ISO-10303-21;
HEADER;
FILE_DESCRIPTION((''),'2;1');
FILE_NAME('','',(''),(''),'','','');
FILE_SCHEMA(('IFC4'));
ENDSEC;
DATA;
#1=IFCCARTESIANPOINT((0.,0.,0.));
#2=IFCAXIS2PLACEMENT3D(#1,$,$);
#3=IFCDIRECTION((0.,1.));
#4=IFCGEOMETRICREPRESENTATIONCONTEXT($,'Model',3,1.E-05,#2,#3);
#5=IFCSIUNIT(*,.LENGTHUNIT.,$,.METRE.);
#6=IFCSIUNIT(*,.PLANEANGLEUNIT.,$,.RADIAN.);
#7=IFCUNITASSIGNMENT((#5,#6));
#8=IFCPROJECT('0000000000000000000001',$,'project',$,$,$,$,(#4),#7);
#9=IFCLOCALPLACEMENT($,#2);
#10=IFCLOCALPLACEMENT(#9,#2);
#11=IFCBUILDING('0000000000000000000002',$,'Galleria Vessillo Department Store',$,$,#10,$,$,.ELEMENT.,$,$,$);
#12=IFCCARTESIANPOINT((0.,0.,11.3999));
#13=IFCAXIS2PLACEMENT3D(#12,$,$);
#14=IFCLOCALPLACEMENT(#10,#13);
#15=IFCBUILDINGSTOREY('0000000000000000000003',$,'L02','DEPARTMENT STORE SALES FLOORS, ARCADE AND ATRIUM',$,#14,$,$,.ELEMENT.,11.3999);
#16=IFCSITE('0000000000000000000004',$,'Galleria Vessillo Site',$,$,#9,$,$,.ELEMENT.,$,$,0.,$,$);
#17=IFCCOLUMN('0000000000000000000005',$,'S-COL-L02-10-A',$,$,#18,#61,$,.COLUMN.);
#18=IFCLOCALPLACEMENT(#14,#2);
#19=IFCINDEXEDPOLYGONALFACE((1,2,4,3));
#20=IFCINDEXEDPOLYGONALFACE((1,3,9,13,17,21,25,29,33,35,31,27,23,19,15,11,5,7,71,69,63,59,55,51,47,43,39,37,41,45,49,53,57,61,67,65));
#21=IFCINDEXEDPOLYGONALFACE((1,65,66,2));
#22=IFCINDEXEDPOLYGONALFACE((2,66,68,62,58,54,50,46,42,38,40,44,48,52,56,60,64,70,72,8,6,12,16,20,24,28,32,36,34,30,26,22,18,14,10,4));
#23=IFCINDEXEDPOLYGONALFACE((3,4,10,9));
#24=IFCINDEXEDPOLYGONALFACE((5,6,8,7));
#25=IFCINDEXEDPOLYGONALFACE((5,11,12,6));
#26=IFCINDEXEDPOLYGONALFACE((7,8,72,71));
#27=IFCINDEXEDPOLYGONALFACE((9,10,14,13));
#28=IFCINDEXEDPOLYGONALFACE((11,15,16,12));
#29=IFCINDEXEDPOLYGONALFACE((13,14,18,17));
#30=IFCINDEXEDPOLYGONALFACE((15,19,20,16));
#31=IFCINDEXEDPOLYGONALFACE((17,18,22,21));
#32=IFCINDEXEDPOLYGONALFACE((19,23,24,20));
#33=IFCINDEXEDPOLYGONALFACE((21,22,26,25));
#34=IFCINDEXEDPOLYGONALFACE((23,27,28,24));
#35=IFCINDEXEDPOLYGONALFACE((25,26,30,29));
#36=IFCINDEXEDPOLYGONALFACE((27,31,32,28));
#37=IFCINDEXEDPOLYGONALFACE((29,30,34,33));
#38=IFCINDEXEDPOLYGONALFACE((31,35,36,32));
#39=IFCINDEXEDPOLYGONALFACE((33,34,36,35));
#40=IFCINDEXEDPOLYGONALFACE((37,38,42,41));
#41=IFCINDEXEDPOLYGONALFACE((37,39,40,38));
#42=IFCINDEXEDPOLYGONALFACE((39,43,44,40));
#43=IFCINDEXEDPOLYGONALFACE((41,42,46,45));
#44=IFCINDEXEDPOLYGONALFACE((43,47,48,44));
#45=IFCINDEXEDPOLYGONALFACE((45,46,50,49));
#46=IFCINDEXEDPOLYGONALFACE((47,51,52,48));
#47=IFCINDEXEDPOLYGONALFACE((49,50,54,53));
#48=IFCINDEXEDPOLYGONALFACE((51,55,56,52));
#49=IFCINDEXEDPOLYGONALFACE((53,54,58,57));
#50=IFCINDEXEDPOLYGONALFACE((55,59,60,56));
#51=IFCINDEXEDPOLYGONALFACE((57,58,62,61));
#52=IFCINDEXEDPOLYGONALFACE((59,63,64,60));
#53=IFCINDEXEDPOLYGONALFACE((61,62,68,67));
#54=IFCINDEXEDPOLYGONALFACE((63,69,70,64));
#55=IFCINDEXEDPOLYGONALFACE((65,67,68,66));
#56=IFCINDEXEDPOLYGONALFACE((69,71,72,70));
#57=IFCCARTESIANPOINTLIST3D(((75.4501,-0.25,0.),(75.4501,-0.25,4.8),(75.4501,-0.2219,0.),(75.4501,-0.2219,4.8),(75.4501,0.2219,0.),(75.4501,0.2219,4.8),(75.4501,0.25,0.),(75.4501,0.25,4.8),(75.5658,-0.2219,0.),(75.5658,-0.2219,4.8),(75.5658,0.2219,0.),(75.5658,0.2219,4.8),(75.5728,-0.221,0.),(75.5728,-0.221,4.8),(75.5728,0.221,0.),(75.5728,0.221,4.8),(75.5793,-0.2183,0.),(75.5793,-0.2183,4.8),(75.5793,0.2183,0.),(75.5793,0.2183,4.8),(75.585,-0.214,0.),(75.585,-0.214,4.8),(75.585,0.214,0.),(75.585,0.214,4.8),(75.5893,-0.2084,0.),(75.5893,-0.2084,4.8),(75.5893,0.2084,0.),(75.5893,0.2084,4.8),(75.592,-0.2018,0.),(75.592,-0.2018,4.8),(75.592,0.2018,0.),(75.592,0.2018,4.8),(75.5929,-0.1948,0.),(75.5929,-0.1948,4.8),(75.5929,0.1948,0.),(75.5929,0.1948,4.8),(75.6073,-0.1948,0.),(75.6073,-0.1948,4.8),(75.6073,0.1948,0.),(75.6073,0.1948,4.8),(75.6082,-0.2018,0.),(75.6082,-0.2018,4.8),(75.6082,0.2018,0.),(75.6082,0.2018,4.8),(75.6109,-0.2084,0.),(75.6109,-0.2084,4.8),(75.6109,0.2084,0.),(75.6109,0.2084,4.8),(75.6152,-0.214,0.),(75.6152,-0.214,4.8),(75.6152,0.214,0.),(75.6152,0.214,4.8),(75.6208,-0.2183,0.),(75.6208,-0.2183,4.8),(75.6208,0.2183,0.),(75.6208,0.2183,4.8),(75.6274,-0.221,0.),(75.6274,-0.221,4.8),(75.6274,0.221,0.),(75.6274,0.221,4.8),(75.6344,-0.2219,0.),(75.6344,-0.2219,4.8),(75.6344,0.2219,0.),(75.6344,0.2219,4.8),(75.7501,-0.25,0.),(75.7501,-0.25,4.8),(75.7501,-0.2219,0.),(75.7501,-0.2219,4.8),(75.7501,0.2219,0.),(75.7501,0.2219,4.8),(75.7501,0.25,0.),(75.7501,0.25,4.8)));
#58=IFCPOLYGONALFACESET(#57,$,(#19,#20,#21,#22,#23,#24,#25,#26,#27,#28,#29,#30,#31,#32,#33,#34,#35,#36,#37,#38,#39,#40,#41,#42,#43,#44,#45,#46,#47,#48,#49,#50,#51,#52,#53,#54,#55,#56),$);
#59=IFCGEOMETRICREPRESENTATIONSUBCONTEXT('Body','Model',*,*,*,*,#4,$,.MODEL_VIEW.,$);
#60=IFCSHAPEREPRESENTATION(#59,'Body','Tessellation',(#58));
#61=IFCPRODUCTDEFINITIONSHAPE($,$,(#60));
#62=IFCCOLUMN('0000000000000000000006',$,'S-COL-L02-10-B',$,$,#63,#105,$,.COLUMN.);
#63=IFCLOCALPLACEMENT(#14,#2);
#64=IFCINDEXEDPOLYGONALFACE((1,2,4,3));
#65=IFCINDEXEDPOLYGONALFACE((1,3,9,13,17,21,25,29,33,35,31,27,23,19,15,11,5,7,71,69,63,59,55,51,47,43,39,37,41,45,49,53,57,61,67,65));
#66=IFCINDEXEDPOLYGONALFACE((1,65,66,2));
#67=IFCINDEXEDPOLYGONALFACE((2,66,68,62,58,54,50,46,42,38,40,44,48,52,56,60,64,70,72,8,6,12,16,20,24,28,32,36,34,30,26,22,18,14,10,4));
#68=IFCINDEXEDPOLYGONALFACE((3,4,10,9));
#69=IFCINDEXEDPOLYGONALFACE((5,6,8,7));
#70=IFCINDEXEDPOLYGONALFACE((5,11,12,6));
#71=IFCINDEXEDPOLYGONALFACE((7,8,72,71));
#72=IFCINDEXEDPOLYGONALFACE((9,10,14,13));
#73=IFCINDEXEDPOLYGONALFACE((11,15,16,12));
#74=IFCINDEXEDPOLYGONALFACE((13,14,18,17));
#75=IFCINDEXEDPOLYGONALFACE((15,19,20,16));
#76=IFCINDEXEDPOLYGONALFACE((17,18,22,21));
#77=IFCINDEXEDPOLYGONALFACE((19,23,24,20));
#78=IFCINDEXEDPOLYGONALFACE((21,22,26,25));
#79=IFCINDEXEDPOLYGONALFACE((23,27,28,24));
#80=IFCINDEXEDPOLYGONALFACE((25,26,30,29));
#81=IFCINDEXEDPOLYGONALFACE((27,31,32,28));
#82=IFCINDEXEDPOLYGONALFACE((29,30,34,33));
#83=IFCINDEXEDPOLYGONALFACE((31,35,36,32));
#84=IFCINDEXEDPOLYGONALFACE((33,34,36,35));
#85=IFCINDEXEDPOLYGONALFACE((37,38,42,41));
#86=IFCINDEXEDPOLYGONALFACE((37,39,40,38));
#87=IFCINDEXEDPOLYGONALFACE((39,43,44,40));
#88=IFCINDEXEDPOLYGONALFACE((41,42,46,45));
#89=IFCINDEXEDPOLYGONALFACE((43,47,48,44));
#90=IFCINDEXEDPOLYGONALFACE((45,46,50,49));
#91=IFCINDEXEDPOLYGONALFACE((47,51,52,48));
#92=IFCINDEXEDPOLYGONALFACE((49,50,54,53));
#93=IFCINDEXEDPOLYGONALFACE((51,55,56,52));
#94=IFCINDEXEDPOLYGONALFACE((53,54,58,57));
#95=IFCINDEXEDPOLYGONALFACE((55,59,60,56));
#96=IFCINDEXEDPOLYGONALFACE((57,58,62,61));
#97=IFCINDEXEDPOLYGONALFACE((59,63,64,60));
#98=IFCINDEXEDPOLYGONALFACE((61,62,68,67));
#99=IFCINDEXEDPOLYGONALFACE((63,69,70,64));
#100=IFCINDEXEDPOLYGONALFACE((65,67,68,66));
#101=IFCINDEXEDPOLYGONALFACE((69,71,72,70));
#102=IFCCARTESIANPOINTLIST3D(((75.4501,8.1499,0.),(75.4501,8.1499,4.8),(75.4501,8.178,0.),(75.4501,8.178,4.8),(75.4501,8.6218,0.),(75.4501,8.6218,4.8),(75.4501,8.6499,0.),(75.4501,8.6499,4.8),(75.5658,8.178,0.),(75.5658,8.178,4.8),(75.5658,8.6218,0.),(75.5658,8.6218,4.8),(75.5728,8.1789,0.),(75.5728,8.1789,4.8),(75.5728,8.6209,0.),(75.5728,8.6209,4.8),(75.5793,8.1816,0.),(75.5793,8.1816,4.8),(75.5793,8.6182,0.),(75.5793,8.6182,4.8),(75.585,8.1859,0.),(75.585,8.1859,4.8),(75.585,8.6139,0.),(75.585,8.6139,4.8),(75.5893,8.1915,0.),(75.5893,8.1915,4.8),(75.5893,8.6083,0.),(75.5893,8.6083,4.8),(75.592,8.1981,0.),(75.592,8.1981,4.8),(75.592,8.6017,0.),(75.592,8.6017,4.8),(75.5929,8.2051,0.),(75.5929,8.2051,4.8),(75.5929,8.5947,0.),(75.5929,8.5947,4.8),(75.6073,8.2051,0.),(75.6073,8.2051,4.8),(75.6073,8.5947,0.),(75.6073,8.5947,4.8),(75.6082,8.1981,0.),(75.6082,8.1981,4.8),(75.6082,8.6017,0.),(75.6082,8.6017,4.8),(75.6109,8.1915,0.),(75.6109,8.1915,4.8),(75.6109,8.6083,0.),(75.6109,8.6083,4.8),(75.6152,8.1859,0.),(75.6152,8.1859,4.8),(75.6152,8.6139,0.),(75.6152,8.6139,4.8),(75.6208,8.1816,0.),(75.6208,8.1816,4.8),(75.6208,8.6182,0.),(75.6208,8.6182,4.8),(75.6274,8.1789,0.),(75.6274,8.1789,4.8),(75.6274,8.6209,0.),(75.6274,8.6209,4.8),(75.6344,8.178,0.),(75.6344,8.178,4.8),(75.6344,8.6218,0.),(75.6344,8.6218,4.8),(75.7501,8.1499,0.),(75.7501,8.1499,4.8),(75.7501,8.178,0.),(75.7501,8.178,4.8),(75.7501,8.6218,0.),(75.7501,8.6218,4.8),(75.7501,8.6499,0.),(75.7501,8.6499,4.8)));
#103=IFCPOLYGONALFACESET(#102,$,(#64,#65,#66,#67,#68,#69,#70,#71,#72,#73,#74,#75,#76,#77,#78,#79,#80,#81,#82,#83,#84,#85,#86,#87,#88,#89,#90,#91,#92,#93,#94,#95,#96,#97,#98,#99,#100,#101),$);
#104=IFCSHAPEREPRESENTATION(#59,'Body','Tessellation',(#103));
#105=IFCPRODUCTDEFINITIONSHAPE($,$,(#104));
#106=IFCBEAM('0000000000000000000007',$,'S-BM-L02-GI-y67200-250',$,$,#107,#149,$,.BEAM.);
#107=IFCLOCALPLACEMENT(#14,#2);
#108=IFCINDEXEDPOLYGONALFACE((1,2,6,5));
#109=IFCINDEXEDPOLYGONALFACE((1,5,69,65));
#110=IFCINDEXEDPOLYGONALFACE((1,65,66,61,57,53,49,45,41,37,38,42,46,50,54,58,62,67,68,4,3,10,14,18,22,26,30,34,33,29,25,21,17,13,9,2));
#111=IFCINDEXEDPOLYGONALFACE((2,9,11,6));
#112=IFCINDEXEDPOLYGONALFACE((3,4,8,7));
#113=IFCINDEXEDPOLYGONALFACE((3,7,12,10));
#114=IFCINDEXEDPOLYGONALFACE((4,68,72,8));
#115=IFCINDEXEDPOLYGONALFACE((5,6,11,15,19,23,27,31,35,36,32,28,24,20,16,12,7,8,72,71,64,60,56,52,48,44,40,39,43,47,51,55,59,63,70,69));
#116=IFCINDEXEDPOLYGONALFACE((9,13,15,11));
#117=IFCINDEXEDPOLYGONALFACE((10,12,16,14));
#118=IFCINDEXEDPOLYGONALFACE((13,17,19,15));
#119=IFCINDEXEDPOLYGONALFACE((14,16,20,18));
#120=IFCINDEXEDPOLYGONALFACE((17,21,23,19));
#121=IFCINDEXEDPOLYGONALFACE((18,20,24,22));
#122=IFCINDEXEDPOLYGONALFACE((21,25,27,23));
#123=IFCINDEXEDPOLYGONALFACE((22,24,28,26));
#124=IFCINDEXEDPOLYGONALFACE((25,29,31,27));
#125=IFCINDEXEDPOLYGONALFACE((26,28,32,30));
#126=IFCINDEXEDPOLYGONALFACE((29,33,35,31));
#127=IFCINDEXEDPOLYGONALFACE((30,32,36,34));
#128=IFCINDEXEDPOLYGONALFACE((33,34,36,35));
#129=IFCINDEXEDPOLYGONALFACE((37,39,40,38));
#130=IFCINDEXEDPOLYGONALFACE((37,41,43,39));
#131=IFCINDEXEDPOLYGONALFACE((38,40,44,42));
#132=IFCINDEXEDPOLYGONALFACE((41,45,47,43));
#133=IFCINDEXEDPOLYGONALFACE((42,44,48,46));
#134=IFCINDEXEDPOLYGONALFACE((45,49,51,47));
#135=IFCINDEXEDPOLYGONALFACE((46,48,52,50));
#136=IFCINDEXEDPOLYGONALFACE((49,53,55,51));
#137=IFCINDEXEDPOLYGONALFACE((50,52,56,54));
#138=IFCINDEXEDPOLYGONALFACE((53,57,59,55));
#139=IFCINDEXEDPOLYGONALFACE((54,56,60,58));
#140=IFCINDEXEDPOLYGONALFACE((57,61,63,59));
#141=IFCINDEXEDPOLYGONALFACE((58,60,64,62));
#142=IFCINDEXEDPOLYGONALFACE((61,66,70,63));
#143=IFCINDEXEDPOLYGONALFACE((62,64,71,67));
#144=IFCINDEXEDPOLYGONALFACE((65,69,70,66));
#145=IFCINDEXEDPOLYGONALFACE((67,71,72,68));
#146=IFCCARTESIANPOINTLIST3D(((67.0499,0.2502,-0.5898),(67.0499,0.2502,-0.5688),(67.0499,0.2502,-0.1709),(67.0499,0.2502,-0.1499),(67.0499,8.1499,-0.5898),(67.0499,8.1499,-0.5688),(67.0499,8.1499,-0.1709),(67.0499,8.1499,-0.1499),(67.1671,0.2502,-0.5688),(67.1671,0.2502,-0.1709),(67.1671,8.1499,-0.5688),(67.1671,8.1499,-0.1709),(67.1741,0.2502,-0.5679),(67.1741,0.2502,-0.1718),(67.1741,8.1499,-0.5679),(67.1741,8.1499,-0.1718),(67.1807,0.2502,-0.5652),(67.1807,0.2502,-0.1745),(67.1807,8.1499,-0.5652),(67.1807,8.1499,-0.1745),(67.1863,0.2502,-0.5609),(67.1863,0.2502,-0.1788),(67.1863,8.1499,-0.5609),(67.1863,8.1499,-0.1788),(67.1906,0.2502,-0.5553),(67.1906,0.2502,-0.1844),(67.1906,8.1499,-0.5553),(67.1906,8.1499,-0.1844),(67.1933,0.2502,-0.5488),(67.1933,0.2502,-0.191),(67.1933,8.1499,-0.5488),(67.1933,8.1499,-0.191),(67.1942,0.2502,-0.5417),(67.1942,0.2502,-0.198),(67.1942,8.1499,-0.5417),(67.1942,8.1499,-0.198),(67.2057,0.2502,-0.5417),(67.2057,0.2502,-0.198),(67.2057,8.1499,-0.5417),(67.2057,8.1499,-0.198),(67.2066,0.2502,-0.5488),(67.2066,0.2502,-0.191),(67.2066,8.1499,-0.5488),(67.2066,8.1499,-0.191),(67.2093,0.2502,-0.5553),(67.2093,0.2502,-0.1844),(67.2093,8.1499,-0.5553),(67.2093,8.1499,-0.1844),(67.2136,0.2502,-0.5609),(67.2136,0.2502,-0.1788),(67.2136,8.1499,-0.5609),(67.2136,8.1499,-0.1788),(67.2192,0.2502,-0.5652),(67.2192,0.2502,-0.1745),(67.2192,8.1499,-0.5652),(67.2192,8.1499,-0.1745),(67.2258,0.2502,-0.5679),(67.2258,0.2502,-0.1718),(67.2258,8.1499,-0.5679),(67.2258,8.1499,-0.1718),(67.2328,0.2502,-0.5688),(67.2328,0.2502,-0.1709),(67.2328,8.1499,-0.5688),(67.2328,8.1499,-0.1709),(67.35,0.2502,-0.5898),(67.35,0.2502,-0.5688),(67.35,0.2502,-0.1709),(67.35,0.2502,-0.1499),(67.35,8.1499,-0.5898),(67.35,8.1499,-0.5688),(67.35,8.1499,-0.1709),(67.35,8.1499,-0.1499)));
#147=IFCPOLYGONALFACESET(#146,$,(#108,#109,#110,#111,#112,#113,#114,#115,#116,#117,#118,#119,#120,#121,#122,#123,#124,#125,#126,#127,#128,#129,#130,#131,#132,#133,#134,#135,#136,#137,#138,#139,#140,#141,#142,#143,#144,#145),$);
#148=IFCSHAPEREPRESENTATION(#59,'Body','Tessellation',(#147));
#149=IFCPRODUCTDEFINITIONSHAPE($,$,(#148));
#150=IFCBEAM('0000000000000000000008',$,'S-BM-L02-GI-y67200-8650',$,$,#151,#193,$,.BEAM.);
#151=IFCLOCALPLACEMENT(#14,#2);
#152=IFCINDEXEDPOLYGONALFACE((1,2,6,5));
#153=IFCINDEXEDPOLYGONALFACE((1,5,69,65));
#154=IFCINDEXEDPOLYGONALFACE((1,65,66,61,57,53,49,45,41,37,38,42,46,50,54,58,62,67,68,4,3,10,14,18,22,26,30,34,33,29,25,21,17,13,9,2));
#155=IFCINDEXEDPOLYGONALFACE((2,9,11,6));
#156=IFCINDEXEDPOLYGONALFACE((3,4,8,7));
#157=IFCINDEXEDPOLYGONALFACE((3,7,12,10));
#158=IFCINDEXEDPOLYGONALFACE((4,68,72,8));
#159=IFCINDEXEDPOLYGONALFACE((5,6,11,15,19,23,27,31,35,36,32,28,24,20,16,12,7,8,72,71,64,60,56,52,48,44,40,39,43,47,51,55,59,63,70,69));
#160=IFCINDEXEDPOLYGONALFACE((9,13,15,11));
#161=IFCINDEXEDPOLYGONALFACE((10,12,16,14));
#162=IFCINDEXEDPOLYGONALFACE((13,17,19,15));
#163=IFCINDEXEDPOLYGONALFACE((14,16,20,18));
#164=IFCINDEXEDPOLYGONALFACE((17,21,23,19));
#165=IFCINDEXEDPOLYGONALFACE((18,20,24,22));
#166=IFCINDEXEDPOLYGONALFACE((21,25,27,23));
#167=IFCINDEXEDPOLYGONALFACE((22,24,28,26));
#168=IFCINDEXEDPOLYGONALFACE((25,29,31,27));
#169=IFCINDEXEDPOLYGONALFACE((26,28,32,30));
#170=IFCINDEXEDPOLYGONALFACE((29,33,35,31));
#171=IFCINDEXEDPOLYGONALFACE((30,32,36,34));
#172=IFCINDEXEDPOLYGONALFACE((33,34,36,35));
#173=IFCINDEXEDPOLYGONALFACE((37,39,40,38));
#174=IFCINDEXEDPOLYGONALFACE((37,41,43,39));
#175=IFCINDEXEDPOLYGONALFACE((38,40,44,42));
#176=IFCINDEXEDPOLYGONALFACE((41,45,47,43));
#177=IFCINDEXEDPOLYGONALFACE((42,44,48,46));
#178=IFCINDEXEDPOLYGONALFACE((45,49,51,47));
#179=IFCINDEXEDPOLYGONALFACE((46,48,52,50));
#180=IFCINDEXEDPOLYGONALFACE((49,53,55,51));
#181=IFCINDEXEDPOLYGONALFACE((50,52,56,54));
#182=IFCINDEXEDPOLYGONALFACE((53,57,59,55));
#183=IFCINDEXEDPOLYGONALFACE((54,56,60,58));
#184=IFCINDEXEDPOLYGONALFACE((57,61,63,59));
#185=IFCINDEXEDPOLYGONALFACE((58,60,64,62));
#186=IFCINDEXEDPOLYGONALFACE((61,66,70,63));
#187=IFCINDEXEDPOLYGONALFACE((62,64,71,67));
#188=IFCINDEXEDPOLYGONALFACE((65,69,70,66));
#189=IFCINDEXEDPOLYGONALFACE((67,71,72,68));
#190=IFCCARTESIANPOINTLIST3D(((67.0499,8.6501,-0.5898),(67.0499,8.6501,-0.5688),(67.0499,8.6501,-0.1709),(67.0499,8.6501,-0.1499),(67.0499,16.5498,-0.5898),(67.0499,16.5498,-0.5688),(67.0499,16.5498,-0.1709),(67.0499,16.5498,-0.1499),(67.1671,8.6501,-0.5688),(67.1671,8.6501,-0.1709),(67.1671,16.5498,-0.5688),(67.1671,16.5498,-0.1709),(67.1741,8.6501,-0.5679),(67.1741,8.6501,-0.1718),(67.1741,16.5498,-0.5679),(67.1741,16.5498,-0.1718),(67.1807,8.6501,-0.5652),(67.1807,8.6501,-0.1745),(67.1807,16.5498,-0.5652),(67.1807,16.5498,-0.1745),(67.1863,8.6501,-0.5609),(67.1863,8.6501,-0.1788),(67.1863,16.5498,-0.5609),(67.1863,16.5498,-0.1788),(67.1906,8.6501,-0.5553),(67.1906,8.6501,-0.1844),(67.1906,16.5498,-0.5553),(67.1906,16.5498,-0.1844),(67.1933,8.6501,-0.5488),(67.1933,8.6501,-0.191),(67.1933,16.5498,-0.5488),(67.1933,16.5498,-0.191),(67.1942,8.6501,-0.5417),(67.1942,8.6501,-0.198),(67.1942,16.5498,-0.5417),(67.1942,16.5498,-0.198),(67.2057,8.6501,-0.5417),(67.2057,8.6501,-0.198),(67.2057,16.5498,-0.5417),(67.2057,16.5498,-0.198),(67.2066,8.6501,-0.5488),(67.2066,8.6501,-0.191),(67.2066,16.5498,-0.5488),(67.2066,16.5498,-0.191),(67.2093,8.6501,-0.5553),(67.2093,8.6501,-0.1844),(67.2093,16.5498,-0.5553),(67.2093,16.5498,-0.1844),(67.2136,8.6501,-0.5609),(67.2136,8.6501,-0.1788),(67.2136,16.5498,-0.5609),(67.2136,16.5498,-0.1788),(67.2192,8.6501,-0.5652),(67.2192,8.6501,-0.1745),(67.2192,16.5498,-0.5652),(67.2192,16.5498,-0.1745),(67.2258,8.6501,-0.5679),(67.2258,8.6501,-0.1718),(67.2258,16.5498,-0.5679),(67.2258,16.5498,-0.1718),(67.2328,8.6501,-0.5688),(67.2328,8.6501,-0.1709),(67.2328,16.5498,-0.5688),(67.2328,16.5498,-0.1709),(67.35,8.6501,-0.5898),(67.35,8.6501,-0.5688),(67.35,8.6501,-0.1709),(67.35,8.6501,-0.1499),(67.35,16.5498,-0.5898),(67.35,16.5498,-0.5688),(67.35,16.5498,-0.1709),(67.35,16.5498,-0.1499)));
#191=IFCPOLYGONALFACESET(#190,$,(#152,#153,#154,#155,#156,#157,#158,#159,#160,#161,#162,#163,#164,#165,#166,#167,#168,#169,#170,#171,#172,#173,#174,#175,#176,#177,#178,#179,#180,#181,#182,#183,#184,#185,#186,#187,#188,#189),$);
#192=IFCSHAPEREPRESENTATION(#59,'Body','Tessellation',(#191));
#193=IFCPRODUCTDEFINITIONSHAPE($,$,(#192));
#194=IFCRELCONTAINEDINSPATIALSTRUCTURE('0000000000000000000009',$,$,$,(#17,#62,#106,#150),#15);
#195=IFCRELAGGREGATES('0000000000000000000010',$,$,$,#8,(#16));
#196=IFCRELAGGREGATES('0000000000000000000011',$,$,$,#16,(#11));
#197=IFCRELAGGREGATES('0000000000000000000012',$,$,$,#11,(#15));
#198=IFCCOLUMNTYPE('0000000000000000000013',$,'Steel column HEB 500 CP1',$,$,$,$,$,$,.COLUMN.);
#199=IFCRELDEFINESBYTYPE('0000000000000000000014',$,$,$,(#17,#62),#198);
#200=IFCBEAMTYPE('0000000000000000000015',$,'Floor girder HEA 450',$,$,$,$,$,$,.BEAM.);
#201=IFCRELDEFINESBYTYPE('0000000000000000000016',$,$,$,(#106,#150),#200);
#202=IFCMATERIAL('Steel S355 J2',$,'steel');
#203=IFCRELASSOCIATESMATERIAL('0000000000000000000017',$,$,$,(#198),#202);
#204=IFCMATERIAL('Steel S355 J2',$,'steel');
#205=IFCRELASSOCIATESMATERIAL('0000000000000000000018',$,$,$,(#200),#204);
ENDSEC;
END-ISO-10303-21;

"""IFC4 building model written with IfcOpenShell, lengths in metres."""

from ifc_helpers import new_model, si_unit, direction, frame, origin, origin_2d, place, context, subcontext, project, spatial, i_section, extrude, material, material_profile, profile_set, type_object, element, save


model = new_model("IFC4")

# Units and contexts
model_context = context("Model", 3, precision=1e-05, world=origin(), true_north=direction((0.0, 1.0)))
body_context = subcontext(model_context, "Body", "Model", "MODEL_VIEW")
ifc_project = project(units=[si_unit("LENGTHUNIT", "METRE"), si_unit("PLANEANGLEUNIT", "RADIAN")], contexts=[model_context])

# Site, building, storey
site_placement = place(None, origin())
site = spatial("IfcSite", under=ifc_project, at=site_placement, Name="Galleria Vessillo Site", CompositionType="ELEMENT", RefElevation=0.0)
building_placement = place(site_placement, origin())
building = spatial("IfcBuilding", under=site, at=building_placement, Name="Galleria Vessillo Department Store", CompositionType="ELEMENT")
storey_placement = place(building_placement, frame((0.0, 0.0, 11.3999)))
storey = spatial("IfcBuildingStorey", under=building, at=storey_placement, Name="L02", Description="DEPARTMENT STORE SALES FLOORS, ARCADE AND ATRIUM", CompositionType="ELEMENT", Elevation=11.3999)

# Columns
ifc_material_1 = material(Name="Steel S355 J2", Category="steel")
ifc_material_profile_1 = material_profile(ifc_material_1, i_section(OverallWidth=0.3, OverallDepth=0.5, WebThickness=0.0144, FlangeThickness=0.0281, FilletRadius=0.0271, at=origin_2d()), Name="HEB 500")
ifc_profile_set_1 = profile_set([ifc_material_profile_1], Name="Steel S355 J2")
column_type = type_object("IfcColumnType", Name="Steel column HEB 500 CP1", PredefinedType="COLUMN", material=ifc_profile_set_1)
for number, where, z_axis, x_axis, name in (
    (1, (75.6001, 0.0, 0.0), (0.0, 0.0, 1.0), (1.0, 0.0, 0.0), "S-COL-L02-10-A"),
    (2, (75.6001, 8.3999, 0.0), (0.0, 0.0, 1.0), (1.0, 0.0, 0.0), "S-COL-L02-10-B"),
):
    element("IfcColumn", number, at=place(storey_placement, frame(where, z_axis=z_axis, x_axis=x_axis)), inside=storey, type_object=column_type, Name=name, PredefinedType="COLUMN", context=body_context, shape_type="SweptSolid", body=[
        extrude(i_section(OverallWidth=0.3, OverallDepth=0.5, WebThickness=0.0144, FlangeThickness=0.0281, FilletRadius=0.0271, at=origin_2d()), origin(), (0.0, 0.0, 1.0), 4.8),
    ])

# Beams
ifc_material_2 = material(Name="Steel S355 J2", Category="steel")
ifc_material_profile_2 = material_profile(ifc_material_2, i_section(OverallWidth=0.3, OverallDepth=0.4399, WebThickness=0.0115, FlangeThickness=0.021, FilletRadius=0.0271, at=origin_2d()), Name="HEA 450")
ifc_profile_set_2 = profile_set([ifc_material_profile_2], Name="Steel S355 J2")
beam_type_1 = type_object("IfcBeamType", Name="Floor girder HEA 450", PredefinedType="BEAM", material=ifc_profile_set_2)
for number, where, z_axis, x_axis, name in (
    (3, (67.2, 0.2502, -0.3699), (0.0, 1.0, 0.0), (-1.0, 0.0, 0.0), "S-BM-L02-GI-y67200-250"),
    (4, (67.2, 8.6501, -0.3699), (0.0, 1.0, 0.0), (-1.0, 0.0, 0.0), "S-BM-L02-GI-y67200-8650"),
):
    element("IfcBeam", number, at=place(storey_placement, frame(where, z_axis=z_axis, x_axis=x_axis)), inside=storey, type_object=beam_type_1, Name=name, PredefinedType="BEAM", context=body_context, shape_type="SweptSolid", body=[
        extrude(i_section(OverallWidth=0.3, OverallDepth=0.4399, WebThickness=0.0115, FlangeThickness=0.021, FilletRadius=0.0271, at=origin_2d()), origin(), (0.0, 0.0, 1.0), 7.8997),
    ])

save(model, "model.ifc")
